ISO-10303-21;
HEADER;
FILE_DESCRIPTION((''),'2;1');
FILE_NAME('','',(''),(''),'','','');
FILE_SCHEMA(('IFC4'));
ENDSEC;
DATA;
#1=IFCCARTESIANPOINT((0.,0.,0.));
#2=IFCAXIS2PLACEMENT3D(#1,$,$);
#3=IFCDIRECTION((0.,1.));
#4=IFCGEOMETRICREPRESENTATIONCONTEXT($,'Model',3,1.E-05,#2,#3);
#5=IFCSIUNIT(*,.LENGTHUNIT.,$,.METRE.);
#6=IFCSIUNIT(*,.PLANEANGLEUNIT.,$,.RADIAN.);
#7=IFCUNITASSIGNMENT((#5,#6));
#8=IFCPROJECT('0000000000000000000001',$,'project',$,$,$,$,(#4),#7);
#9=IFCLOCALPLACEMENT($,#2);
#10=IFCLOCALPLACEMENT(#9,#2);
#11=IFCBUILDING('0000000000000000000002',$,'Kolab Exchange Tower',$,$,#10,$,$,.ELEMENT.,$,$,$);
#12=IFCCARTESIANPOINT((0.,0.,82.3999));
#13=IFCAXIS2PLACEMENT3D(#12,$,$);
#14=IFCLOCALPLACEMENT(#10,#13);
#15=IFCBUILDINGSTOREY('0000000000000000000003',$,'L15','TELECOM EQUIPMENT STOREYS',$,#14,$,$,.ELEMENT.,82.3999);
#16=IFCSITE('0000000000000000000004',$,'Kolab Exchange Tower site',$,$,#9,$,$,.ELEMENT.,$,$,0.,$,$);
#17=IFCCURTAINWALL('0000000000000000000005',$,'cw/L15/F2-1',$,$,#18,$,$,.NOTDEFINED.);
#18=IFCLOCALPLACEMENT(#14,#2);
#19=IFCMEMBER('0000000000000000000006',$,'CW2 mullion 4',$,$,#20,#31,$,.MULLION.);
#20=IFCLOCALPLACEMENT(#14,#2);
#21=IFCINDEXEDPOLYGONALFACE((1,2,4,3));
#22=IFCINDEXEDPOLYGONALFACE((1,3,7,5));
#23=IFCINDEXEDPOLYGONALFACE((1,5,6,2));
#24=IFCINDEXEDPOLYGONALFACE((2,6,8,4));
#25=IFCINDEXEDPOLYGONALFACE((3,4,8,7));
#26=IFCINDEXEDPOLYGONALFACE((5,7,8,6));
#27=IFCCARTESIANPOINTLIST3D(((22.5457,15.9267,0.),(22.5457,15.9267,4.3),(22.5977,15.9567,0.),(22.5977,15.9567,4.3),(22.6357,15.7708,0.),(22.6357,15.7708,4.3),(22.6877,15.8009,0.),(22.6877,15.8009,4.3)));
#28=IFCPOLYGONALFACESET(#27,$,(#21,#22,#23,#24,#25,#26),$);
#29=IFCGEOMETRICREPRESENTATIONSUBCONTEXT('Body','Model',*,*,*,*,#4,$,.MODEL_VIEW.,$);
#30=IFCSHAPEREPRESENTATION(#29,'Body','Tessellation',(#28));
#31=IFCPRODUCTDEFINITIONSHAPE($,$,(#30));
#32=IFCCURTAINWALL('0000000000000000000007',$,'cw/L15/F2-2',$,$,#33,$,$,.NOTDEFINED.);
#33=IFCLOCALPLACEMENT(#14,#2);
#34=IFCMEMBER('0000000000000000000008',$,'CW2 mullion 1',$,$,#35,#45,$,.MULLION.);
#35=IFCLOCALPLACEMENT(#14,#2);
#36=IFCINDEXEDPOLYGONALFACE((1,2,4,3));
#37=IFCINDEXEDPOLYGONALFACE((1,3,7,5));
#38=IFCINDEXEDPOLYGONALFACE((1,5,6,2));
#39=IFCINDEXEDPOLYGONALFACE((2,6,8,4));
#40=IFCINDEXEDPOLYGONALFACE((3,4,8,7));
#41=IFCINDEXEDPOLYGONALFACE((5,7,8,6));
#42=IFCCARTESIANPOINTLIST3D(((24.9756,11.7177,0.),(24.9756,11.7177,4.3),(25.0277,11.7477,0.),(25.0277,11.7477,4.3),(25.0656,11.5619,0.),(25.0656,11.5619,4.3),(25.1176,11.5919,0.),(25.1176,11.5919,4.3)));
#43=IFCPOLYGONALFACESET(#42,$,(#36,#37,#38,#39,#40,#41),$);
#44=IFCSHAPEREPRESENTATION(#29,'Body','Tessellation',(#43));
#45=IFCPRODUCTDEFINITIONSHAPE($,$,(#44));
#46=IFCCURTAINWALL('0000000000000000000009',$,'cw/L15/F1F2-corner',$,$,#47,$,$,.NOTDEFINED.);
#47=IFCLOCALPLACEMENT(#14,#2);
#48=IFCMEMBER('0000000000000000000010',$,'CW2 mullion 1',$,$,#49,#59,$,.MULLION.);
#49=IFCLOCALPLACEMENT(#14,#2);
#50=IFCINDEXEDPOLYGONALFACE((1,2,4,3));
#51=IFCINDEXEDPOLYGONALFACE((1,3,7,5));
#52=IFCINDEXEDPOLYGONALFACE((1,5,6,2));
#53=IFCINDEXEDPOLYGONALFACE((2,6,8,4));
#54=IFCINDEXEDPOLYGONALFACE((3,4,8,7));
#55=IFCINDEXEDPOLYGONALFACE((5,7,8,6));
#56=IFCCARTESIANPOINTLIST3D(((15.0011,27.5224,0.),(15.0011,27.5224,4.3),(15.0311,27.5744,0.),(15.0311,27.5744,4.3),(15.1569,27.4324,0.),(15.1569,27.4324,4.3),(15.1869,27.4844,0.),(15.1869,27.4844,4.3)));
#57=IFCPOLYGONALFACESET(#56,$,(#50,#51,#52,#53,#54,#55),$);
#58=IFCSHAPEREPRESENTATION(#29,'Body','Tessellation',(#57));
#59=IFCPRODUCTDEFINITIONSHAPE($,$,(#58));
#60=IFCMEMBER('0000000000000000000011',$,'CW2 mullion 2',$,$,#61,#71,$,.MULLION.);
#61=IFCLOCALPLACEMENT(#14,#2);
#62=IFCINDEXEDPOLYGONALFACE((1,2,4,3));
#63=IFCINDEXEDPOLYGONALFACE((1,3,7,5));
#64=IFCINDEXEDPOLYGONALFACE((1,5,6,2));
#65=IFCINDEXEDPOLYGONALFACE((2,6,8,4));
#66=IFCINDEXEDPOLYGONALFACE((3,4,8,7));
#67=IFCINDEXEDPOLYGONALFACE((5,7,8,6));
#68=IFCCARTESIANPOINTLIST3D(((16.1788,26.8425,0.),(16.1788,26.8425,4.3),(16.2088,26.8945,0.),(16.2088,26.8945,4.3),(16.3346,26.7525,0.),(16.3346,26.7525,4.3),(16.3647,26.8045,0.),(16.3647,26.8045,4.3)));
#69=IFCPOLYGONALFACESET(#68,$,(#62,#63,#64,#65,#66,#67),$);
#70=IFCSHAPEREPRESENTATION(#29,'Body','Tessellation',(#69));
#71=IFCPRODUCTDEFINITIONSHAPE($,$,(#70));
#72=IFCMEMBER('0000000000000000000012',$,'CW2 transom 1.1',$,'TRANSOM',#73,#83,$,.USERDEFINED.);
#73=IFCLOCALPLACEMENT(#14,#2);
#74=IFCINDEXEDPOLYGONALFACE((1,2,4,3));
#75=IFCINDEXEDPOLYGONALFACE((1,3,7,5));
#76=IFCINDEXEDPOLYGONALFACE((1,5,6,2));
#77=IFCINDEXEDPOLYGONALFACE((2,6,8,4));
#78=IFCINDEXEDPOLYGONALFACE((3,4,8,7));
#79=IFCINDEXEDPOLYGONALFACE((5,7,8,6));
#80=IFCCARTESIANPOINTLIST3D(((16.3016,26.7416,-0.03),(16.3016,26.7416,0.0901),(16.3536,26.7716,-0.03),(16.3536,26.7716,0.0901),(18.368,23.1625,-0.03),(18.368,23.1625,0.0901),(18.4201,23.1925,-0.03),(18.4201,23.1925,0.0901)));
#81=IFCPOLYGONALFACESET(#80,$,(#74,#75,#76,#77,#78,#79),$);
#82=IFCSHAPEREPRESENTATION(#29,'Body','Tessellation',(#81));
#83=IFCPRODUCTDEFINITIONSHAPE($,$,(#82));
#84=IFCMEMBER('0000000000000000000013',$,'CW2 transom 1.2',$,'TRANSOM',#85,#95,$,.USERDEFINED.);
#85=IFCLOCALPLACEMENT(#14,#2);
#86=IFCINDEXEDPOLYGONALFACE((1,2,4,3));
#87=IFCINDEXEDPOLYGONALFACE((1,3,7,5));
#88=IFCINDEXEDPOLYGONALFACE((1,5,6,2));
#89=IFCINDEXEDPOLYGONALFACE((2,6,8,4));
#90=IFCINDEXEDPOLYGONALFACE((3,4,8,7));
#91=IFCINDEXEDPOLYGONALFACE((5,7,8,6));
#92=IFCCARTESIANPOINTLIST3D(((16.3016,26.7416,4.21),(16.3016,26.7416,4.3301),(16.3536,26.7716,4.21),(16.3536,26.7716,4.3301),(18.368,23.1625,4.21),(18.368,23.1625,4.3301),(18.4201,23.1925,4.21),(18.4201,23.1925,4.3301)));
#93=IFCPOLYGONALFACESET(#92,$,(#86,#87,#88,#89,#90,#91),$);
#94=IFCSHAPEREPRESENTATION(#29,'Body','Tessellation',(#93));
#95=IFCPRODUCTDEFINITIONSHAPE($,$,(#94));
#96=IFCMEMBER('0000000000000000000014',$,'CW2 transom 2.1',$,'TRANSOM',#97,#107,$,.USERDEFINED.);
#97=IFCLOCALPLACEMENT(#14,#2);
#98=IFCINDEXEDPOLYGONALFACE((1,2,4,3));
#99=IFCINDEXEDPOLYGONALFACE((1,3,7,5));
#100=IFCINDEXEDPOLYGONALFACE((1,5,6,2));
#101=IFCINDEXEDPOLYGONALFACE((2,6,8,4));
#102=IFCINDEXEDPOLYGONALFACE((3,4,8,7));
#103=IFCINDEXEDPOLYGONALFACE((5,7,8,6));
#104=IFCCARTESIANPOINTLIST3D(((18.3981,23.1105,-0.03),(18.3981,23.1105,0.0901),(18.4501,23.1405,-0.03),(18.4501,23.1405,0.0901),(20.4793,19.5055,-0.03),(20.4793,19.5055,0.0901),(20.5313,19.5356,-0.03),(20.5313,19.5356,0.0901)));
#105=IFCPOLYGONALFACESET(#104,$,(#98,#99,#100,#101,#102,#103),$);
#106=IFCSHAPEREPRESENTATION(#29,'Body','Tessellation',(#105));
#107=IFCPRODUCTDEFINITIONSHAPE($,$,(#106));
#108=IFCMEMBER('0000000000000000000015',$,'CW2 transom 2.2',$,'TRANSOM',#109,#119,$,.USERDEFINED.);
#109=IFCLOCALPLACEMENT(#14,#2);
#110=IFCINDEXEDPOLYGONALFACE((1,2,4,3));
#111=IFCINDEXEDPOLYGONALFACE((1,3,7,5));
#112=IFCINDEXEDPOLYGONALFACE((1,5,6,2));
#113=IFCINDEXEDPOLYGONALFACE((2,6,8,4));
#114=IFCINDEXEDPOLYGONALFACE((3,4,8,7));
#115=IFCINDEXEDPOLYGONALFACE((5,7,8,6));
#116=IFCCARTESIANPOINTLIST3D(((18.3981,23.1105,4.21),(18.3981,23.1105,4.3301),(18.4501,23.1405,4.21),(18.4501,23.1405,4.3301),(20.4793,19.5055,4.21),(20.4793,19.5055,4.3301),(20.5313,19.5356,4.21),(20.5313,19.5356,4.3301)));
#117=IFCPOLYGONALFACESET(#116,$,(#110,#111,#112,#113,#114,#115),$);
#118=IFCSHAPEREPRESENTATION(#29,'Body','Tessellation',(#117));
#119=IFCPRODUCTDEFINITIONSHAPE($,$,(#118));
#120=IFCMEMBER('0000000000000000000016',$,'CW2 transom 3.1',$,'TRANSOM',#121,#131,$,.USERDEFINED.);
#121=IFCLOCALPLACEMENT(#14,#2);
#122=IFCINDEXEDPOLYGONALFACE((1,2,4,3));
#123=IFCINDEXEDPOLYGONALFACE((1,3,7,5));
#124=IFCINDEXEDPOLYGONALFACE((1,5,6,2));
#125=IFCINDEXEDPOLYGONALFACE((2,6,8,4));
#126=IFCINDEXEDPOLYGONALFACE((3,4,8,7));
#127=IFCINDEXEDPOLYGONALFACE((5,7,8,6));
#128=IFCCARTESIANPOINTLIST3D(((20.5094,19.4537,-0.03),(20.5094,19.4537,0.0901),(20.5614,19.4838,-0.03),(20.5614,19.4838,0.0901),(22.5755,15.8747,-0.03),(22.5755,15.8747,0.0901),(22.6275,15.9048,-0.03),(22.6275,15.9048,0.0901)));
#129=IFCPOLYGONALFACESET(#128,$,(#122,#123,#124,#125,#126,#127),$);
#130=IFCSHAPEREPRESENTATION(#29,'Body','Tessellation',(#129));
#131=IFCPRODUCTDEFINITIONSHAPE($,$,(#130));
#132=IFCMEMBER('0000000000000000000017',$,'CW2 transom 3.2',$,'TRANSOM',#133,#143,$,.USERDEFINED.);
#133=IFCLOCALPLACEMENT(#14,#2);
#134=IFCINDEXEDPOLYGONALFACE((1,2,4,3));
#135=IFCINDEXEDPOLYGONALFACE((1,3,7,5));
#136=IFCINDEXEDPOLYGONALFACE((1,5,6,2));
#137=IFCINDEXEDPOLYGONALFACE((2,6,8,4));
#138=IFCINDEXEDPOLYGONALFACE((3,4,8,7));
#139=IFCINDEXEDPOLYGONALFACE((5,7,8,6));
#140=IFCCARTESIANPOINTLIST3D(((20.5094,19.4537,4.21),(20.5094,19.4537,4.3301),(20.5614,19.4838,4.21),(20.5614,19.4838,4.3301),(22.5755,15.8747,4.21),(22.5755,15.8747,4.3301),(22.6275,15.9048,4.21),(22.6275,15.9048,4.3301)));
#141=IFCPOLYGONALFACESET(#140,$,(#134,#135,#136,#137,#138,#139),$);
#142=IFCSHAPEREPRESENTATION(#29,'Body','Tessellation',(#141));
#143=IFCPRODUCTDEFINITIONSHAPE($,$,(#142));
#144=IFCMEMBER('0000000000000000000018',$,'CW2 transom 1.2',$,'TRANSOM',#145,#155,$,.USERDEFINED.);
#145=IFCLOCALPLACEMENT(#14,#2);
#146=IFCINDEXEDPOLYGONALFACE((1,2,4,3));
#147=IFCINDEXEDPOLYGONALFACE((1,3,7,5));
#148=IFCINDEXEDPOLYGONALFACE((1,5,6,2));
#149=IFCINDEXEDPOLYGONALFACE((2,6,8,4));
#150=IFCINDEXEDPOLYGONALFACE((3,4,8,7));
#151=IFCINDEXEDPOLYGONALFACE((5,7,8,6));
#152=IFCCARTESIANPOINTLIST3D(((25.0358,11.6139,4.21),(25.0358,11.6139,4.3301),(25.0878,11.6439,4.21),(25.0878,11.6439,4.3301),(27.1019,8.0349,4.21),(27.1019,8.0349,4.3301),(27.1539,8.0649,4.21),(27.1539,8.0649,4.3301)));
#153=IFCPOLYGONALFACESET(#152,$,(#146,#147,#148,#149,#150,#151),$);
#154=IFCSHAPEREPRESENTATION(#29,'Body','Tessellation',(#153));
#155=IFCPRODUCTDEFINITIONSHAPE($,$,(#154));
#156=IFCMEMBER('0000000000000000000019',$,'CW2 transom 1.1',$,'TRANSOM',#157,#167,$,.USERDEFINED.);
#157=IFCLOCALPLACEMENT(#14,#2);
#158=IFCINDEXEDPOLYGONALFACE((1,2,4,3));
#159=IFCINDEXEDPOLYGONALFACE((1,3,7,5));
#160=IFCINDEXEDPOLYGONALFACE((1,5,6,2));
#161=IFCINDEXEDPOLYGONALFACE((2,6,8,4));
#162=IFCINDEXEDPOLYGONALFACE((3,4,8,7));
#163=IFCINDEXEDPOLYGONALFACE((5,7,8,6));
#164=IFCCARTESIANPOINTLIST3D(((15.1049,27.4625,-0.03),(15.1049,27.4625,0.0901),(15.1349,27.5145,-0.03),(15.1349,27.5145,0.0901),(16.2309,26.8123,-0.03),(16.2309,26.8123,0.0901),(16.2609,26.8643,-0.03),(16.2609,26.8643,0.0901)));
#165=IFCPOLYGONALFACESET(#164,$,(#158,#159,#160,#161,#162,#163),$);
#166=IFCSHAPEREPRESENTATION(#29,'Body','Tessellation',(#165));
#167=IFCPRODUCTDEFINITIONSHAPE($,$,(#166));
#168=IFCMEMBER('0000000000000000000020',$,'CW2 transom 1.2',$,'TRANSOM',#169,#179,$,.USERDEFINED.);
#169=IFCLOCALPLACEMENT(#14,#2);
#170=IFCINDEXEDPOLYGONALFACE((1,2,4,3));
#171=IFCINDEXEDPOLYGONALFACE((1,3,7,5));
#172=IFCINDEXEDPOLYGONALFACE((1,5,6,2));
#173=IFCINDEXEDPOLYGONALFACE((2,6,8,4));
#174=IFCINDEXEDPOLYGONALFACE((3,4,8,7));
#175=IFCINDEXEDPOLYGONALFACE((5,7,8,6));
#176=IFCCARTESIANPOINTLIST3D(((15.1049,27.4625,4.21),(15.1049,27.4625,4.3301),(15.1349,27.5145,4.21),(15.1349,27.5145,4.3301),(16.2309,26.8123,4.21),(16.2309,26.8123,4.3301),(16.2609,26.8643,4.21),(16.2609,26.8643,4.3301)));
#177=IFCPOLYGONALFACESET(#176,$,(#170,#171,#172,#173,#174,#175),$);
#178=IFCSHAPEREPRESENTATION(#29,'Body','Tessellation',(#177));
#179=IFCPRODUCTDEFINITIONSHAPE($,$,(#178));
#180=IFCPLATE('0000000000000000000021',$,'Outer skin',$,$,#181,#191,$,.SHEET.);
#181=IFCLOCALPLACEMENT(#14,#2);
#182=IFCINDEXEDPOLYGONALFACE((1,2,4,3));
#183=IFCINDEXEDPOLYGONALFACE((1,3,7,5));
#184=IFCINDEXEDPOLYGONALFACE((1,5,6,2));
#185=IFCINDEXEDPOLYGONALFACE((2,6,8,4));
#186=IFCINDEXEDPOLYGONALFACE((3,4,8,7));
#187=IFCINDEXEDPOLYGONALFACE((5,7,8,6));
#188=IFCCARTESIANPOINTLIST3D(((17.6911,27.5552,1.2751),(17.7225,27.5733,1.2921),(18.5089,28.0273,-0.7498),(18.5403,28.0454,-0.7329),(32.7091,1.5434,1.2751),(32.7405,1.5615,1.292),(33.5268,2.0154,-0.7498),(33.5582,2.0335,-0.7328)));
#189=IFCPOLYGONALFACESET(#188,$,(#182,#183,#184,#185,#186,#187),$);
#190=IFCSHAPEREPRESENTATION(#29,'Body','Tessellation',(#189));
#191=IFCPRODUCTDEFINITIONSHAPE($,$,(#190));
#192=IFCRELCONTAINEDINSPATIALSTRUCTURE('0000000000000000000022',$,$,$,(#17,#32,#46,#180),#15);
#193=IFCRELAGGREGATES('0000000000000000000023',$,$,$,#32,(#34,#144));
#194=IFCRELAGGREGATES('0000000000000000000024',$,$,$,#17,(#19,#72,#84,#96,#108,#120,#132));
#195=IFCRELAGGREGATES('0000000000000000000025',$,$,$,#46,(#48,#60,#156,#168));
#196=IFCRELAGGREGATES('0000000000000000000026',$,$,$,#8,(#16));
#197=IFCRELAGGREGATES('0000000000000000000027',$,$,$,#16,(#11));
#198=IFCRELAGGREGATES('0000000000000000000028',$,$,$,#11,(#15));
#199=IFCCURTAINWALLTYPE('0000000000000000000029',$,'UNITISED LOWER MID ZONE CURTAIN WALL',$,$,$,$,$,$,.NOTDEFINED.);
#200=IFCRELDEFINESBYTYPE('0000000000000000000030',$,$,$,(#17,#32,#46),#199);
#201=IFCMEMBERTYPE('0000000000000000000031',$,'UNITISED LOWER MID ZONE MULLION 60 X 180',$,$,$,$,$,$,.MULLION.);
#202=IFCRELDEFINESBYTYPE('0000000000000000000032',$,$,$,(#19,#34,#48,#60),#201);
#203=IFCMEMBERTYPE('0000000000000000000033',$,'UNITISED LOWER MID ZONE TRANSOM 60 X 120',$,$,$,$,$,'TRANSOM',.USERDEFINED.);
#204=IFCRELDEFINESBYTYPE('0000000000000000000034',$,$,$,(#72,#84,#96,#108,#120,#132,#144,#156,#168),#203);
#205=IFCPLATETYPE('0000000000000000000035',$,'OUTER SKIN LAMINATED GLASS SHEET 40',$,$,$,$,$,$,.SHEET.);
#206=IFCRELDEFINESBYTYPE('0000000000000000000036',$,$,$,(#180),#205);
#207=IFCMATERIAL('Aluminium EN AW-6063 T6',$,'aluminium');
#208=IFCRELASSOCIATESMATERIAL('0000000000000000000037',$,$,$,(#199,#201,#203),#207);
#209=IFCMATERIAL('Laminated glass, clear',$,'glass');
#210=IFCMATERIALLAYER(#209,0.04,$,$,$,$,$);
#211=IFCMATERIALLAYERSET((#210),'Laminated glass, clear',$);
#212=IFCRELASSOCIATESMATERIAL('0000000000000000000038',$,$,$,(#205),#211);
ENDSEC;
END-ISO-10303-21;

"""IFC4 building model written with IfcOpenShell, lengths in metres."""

from ifc_helpers import new_model, si_unit, direction, frame, origin, origin_2d, place, context, subcontext, project, spatial, polyline, rectangle, outline, extrude, material, layer, layer_set, material_profile, profile_set, type_object, element, aggregate, save


model = new_model("IFC4")

# Units and contexts
model_context = context("Model", 3, precision=1e-05, world=origin(), true_north=direction((0.0, 1.0)))
body_context = subcontext(model_context, "Body", "Model", "MODEL_VIEW")
ifc_project = project(units=[si_unit("LENGTHUNIT", "METRE"), si_unit("PLANEANGLEUNIT", "RADIAN")], contexts=[model_context])

# Site, building, storey
site_placement = place(None, origin())
site = spatial("IfcSite", under=ifc_project, at=site_placement, Name="Kolab Exchange Tower site", CompositionType="ELEMENT", RefElevation=0.0)
building_placement = place(site_placement, origin())
building = spatial("IfcBuilding", under=site, at=building_placement, Name="Kolab Exchange Tower", CompositionType="ELEMENT")
storey_placement = place(building_placement, frame((0.0, 0.0, 82.3999)))
storey = spatial("IfcBuildingStorey", under=building, at=storey_placement, Name="L15", Description="TELECOM EQUIPMENT STOREYS", CompositionType="ELEMENT", Elevation=82.3999)

# Shared definitions
ifc_material_1 = material(Name="Aluminium EN AW-6063 T6", Category="aluminium")
curtain_wall_type = type_object("IfcCurtainWallType", Name="UNITISED LOWER MID ZONE CURTAIN WALL", PredefinedType="NOTDEFINED", material=ifc_material_1)
ifc_material_profile_1 = material_profile(ifc_material_1, rectangle(XDim=0.0601, YDim=0.1799, at=origin_2d()), Name="RECT 60X180")
ifc_profile_set_1 = profile_set([ifc_material_profile_1], Name="Aluminium EN AW-6063 T6")
member_type_1 = type_object("IfcMemberType", Name="UNITISED LOWER MID ZONE MULLION 60 X 180", PredefinedType="MULLION", material=ifc_profile_set_1)

# Curtain wall, member
curtain_wall_1_placement = place(storey_placement, origin())
curtain_wall_1 = element("IfcCurtainWall", 1, at=curtain_wall_1_placement, inside=storey, type_object=curtain_wall_type, Name="cw/L15/F2-1", PredefinedType="NOTDEFINED")
member_1_placement = place(storey_placement, frame((22.6167, 15.8638, 0.0), z_axis=(0.0, 0.0, 1.0), x_axis=(0.866025, 0.5, 0.0)))
member_1 = element("IfcMember", 2, at=member_1_placement, type_object=member_type_1, Name="CW2 mullion 4", PredefinedType="MULLION", context=body_context, shape_type="SweptSolid", body=[
    extrude(rectangle(XDim=0.0601, YDim=0.1799, at=origin_2d()), origin(), (0.0, 0.0, 1.0), 4.3),
])

# Curtain wall, member
curtain_wall_2_placement = place(storey_placement, origin())
curtain_wall_2 = element("IfcCurtainWall", 3, at=curtain_wall_2_placement, inside=storey, type_object=curtain_wall_type, Name="cw/L15/F2-2", PredefinedType="NOTDEFINED")
member_2_placement = place(storey_placement, frame((25.0466, 11.6548, 0.0), z_axis=(0.0, 0.0, 1.0), x_axis=(0.866025, 0.5, 0.0)))
member_2 = element("IfcMember", 4, at=member_2_placement, type_object=member_type_1, Name="CW2 mullion 1", PredefinedType="MULLION", context=body_context, shape_type="SweptSolid", body=[
    extrude(rectangle(XDim=0.0601, YDim=0.1799, at=origin_2d()), origin(), (0.0, 0.0, 1.0), 4.3),
])

# Curtain wall, members
curtain_wall_3_placement = place(storey_placement, origin())
curtain_wall_3 = element("IfcCurtainWall", 5, at=curtain_wall_3_placement, inside=storey, type_object=curtain_wall_type, Name="cw/L15/F1F2-corner", PredefinedType="NOTDEFINED")
member_3_placement = place(storey_placement, frame((15.094, 27.5034, 0.0), z_axis=(0.0, 0.0, 1.0), x_axis=(0.5, 0.866025, 0.0)))
member_3 = element("IfcMember", 6, at=member_3_placement, type_object=member_type_1, Name="CW2 mullion 1", PredefinedType="MULLION", context=body_context, shape_type="SweptSolid", body=[
    extrude(rectangle(XDim=0.0601, YDim=0.1799, at=origin_2d()), origin(), (0.0, 0.0, 1.0), 4.3),
])
member_4_placement = place(storey_placement, frame((16.2717, 26.8235, 0.0), z_axis=(0.0, 0.0, 1.0), x_axis=(0.5, 0.866025, 0.0)))
member_4 = element("IfcMember", 7, at=member_4_placement, type_object=member_type_1, Name="CW2 mullion 2", PredefinedType="MULLION", context=body_context, shape_type="SweptSolid", body=[
    extrude(rectangle(XDim=0.0601, YDim=0.1799, at=origin_2d()), origin(), (0.0, 0.0, 1.0), 4.3),
])

# Members
ifc_material_profile_2 = material_profile(ifc_material_1, rectangle(XDim=0.0601, YDim=0.1201, at=origin_2d()), Name="RECT 60X120")
ifc_profile_set_2 = profile_set([ifc_material_profile_2], Name="Aluminium EN AW-6063 T6")
member_type_2 = type_object("IfcMemberType", Name="UNITISED LOWER MID ZONE TRANSOM 60 X 120", ElementType="TRANSOM", PredefinedType="USERDEFINED", material=ifc_profile_set_2)
member_5_placement = place(storey_placement, frame((16.3276, 26.7566, 0.03), z_axis=(0.500002, -0.866024, 0.0), x_axis=(0.866024, 0.500002, 0.0)))
member_5 = element("IfcMember", 8, at=member_5_placement, type_object=member_type_2, Name="CW2 transom 1.1", ObjectType="TRANSOM", PredefinedType="USERDEFINED", context=body_context, shape_type="SweptSolid", body=[
    extrude(rectangle(XDim=0.0601, YDim=0.1201, at=origin_2d()), origin(), (0.0, 0.0, 1.0), 4.1328),
])
member_6_placement = place(storey_placement, frame((16.3276, 26.7566, 4.27), z_axis=(0.500002, -0.866024, 0.0), x_axis=(0.866024, 0.500002, 0.0)))
member_6 = element("IfcMember", 9, at=member_6_placement, type_object=member_type_2, Name="CW2 transom 1.2", ObjectType="TRANSOM", PredefinedType="USERDEFINED", context=body_context, shape_type="SweptSolid", body=[
    extrude(rectangle(XDim=0.0601, YDim=0.1201, at=origin_2d()), origin(), (0.0, 0.0, 1.0), 4.1328),
])
member_7_placement = place(storey_placement, frame((18.4241, 23.1255, 0.03), z_axis=(0.499993, -0.866029, 0.0), x_axis=(0.866029, 0.499993, 0.0)))
member_7 = element("IfcMember", 10, at=member_7_placement, type_object=member_type_2, Name="CW2 transom 2.1", ObjectType="TRANSOM", PredefinedType="USERDEFINED", context=body_context, shape_type="SweptSolid", body=[
    extrude(rectangle(XDim=0.0601, YDim=0.1201, at=origin_2d()), origin(), (0.0, 0.0, 1.0), 4.1626),
])
member_8_placement = place(storey_placement, frame((18.4241, 23.1255, 4.27), z_axis=(0.499993, -0.866029, 0.0), x_axis=(0.866029, 0.499993, 0.0)))
member_8 = element("IfcMember", 11, at=member_8_placement, type_object=member_type_2, Name="CW2 transom 2.2", ObjectType="TRANSOM", PredefinedType="USERDEFINED", context=body_context, shape_type="SweptSolid", body=[
    extrude(rectangle(XDim=0.0601, YDim=0.1201, at=origin_2d()), origin(), (0.0, 0.0, 1.0), 4.1626),
])
member_9_placement = place(storey_placement, frame((20.5354, 19.4688, 0.03), z_axis=(0.499958, -0.86605, 0.0), x_axis=(0.86605, 0.499958, 0.0)))
member_9 = element("IfcMember", 12, at=member_9_placement, type_object=member_type_2, Name="CW2 transom 3.1", ObjectType="TRANSOM", PredefinedType="USERDEFINED", context=body_context, shape_type="SweptSolid", body=[
    extrude(rectangle(XDim=0.0601, YDim=0.1201, at=origin_2d()), origin(), (0.0, 0.0, 1.0), 4.1326),
])
member_10_placement = place(storey_placement, frame((20.5354, 19.4688, 4.27), z_axis=(0.499958, -0.86605, 0.0), x_axis=(0.86605, 0.499958, 0.0)))
member_10 = element("IfcMember", 13, at=member_10_placement, type_object=member_type_2, Name="CW2 transom 3.2", ObjectType="TRANSOM", PredefinedType="USERDEFINED", context=body_context, shape_type="SweptSolid", body=[
    extrude(rectangle(XDim=0.0601, YDim=0.1201, at=origin_2d()), origin(), (0.0, 0.0, 1.0), 4.1326),
])
member_11_placement = place(storey_placement, frame((25.0618, 11.6289, 4.27), z_axis=(0.499958, -0.86605, 0.0), x_axis=(0.86605, 0.499958, 0.0)))
member_11 = element("IfcMember", 14, at=member_11_placement, type_object=member_type_2, Name="CW2 transom 1.2", ObjectType="TRANSOM", PredefinedType="USERDEFINED", context=body_context, shape_type="SweptSolid", body=[
    extrude(rectangle(XDim=0.0601, YDim=0.1201, at=origin_2d()), origin(), (0.0, 0.0, 1.0), 4.1326),
])
aggregate(curtain_wall_2, [member_2, member_11])
member_12_placement = place(storey_placement, frame((15.1199, 27.4885, 0.03), z_axis=(0.866004, -0.500037, 0.0), x_axis=(0.500037, 0.866004, 0.0)))
member_12 = element("IfcMember", 15, at=member_12_placement, type_object=member_type_2, Name="CW2 transom 1.1", ObjectType="TRANSOM", PredefinedType="USERDEFINED", context=body_context, shape_type="SweptSolid", body=[
    extrude(rectangle(XDim=0.0601, YDim=0.1201, at=origin_2d()), origin(), (0.0, 0.0, 1.0), 1.3003),
])
member_13_placement = place(storey_placement, frame((15.1199, 27.4885, 4.27), z_axis=(0.866004, -0.500037, 0.0), x_axis=(0.500037, 0.866004, 0.0)))
member_13 = element("IfcMember", 16, at=member_13_placement, type_object=member_type_2, Name="CW2 transom 1.2", ObjectType="TRANSOM", PredefinedType="USERDEFINED", context=body_context, shape_type="SweptSolid", body=[
    extrude(rectangle(XDim=0.0601, YDim=0.1201, at=origin_2d()), origin(), (0.0, 0.0, 1.0), 1.3003),
])

# Plate
ifc_material_2 = material(Name="Laminated glass, clear", Category="glass")
ifc_layer_1 = layer(ifc_material_2, 0.04)
ifc_layer_set_1 = layer_set([ifc_layer_1], Name="Laminated glass, clear")
plate_type_1 = type_object("IfcPlateType", Name="OUTER SKIN LAMINATED GLASS SHEET 40", PredefinedType="SHEET", material=ifc_layer_set_1)
plate_1_placement = place(storey_placement, frame((18.5403, 28.0454, -0.7329), z_axis=(0.784887, 0.453155, 0.422613), x_axis=(0.499999, -0.866026, 0.000002)))
element("IfcPlate", 17, at=plate_1_placement, inside=storey, type_object=plate_type_1, Name="Outer skin", PredefinedType="SHEET", context=body_context, shape_type="SweptSolid", body=[
    extrude(outline(polyline([(0.0, 0.0), (30.0359, 0.0), (30.0358, -2.2342), (0.0, -2.2343), (0.0, 0.0)])), origin(), (0.0, 0.0, -1.0), 0.04),
])
aggregate(curtain_wall_1, [member_1, member_5, member_6, member_7, member_8, member_9, member_10])
aggregate(curtain_wall_3, [member_3, member_4, member_12, member_13])

save(model, "model.ifc")
